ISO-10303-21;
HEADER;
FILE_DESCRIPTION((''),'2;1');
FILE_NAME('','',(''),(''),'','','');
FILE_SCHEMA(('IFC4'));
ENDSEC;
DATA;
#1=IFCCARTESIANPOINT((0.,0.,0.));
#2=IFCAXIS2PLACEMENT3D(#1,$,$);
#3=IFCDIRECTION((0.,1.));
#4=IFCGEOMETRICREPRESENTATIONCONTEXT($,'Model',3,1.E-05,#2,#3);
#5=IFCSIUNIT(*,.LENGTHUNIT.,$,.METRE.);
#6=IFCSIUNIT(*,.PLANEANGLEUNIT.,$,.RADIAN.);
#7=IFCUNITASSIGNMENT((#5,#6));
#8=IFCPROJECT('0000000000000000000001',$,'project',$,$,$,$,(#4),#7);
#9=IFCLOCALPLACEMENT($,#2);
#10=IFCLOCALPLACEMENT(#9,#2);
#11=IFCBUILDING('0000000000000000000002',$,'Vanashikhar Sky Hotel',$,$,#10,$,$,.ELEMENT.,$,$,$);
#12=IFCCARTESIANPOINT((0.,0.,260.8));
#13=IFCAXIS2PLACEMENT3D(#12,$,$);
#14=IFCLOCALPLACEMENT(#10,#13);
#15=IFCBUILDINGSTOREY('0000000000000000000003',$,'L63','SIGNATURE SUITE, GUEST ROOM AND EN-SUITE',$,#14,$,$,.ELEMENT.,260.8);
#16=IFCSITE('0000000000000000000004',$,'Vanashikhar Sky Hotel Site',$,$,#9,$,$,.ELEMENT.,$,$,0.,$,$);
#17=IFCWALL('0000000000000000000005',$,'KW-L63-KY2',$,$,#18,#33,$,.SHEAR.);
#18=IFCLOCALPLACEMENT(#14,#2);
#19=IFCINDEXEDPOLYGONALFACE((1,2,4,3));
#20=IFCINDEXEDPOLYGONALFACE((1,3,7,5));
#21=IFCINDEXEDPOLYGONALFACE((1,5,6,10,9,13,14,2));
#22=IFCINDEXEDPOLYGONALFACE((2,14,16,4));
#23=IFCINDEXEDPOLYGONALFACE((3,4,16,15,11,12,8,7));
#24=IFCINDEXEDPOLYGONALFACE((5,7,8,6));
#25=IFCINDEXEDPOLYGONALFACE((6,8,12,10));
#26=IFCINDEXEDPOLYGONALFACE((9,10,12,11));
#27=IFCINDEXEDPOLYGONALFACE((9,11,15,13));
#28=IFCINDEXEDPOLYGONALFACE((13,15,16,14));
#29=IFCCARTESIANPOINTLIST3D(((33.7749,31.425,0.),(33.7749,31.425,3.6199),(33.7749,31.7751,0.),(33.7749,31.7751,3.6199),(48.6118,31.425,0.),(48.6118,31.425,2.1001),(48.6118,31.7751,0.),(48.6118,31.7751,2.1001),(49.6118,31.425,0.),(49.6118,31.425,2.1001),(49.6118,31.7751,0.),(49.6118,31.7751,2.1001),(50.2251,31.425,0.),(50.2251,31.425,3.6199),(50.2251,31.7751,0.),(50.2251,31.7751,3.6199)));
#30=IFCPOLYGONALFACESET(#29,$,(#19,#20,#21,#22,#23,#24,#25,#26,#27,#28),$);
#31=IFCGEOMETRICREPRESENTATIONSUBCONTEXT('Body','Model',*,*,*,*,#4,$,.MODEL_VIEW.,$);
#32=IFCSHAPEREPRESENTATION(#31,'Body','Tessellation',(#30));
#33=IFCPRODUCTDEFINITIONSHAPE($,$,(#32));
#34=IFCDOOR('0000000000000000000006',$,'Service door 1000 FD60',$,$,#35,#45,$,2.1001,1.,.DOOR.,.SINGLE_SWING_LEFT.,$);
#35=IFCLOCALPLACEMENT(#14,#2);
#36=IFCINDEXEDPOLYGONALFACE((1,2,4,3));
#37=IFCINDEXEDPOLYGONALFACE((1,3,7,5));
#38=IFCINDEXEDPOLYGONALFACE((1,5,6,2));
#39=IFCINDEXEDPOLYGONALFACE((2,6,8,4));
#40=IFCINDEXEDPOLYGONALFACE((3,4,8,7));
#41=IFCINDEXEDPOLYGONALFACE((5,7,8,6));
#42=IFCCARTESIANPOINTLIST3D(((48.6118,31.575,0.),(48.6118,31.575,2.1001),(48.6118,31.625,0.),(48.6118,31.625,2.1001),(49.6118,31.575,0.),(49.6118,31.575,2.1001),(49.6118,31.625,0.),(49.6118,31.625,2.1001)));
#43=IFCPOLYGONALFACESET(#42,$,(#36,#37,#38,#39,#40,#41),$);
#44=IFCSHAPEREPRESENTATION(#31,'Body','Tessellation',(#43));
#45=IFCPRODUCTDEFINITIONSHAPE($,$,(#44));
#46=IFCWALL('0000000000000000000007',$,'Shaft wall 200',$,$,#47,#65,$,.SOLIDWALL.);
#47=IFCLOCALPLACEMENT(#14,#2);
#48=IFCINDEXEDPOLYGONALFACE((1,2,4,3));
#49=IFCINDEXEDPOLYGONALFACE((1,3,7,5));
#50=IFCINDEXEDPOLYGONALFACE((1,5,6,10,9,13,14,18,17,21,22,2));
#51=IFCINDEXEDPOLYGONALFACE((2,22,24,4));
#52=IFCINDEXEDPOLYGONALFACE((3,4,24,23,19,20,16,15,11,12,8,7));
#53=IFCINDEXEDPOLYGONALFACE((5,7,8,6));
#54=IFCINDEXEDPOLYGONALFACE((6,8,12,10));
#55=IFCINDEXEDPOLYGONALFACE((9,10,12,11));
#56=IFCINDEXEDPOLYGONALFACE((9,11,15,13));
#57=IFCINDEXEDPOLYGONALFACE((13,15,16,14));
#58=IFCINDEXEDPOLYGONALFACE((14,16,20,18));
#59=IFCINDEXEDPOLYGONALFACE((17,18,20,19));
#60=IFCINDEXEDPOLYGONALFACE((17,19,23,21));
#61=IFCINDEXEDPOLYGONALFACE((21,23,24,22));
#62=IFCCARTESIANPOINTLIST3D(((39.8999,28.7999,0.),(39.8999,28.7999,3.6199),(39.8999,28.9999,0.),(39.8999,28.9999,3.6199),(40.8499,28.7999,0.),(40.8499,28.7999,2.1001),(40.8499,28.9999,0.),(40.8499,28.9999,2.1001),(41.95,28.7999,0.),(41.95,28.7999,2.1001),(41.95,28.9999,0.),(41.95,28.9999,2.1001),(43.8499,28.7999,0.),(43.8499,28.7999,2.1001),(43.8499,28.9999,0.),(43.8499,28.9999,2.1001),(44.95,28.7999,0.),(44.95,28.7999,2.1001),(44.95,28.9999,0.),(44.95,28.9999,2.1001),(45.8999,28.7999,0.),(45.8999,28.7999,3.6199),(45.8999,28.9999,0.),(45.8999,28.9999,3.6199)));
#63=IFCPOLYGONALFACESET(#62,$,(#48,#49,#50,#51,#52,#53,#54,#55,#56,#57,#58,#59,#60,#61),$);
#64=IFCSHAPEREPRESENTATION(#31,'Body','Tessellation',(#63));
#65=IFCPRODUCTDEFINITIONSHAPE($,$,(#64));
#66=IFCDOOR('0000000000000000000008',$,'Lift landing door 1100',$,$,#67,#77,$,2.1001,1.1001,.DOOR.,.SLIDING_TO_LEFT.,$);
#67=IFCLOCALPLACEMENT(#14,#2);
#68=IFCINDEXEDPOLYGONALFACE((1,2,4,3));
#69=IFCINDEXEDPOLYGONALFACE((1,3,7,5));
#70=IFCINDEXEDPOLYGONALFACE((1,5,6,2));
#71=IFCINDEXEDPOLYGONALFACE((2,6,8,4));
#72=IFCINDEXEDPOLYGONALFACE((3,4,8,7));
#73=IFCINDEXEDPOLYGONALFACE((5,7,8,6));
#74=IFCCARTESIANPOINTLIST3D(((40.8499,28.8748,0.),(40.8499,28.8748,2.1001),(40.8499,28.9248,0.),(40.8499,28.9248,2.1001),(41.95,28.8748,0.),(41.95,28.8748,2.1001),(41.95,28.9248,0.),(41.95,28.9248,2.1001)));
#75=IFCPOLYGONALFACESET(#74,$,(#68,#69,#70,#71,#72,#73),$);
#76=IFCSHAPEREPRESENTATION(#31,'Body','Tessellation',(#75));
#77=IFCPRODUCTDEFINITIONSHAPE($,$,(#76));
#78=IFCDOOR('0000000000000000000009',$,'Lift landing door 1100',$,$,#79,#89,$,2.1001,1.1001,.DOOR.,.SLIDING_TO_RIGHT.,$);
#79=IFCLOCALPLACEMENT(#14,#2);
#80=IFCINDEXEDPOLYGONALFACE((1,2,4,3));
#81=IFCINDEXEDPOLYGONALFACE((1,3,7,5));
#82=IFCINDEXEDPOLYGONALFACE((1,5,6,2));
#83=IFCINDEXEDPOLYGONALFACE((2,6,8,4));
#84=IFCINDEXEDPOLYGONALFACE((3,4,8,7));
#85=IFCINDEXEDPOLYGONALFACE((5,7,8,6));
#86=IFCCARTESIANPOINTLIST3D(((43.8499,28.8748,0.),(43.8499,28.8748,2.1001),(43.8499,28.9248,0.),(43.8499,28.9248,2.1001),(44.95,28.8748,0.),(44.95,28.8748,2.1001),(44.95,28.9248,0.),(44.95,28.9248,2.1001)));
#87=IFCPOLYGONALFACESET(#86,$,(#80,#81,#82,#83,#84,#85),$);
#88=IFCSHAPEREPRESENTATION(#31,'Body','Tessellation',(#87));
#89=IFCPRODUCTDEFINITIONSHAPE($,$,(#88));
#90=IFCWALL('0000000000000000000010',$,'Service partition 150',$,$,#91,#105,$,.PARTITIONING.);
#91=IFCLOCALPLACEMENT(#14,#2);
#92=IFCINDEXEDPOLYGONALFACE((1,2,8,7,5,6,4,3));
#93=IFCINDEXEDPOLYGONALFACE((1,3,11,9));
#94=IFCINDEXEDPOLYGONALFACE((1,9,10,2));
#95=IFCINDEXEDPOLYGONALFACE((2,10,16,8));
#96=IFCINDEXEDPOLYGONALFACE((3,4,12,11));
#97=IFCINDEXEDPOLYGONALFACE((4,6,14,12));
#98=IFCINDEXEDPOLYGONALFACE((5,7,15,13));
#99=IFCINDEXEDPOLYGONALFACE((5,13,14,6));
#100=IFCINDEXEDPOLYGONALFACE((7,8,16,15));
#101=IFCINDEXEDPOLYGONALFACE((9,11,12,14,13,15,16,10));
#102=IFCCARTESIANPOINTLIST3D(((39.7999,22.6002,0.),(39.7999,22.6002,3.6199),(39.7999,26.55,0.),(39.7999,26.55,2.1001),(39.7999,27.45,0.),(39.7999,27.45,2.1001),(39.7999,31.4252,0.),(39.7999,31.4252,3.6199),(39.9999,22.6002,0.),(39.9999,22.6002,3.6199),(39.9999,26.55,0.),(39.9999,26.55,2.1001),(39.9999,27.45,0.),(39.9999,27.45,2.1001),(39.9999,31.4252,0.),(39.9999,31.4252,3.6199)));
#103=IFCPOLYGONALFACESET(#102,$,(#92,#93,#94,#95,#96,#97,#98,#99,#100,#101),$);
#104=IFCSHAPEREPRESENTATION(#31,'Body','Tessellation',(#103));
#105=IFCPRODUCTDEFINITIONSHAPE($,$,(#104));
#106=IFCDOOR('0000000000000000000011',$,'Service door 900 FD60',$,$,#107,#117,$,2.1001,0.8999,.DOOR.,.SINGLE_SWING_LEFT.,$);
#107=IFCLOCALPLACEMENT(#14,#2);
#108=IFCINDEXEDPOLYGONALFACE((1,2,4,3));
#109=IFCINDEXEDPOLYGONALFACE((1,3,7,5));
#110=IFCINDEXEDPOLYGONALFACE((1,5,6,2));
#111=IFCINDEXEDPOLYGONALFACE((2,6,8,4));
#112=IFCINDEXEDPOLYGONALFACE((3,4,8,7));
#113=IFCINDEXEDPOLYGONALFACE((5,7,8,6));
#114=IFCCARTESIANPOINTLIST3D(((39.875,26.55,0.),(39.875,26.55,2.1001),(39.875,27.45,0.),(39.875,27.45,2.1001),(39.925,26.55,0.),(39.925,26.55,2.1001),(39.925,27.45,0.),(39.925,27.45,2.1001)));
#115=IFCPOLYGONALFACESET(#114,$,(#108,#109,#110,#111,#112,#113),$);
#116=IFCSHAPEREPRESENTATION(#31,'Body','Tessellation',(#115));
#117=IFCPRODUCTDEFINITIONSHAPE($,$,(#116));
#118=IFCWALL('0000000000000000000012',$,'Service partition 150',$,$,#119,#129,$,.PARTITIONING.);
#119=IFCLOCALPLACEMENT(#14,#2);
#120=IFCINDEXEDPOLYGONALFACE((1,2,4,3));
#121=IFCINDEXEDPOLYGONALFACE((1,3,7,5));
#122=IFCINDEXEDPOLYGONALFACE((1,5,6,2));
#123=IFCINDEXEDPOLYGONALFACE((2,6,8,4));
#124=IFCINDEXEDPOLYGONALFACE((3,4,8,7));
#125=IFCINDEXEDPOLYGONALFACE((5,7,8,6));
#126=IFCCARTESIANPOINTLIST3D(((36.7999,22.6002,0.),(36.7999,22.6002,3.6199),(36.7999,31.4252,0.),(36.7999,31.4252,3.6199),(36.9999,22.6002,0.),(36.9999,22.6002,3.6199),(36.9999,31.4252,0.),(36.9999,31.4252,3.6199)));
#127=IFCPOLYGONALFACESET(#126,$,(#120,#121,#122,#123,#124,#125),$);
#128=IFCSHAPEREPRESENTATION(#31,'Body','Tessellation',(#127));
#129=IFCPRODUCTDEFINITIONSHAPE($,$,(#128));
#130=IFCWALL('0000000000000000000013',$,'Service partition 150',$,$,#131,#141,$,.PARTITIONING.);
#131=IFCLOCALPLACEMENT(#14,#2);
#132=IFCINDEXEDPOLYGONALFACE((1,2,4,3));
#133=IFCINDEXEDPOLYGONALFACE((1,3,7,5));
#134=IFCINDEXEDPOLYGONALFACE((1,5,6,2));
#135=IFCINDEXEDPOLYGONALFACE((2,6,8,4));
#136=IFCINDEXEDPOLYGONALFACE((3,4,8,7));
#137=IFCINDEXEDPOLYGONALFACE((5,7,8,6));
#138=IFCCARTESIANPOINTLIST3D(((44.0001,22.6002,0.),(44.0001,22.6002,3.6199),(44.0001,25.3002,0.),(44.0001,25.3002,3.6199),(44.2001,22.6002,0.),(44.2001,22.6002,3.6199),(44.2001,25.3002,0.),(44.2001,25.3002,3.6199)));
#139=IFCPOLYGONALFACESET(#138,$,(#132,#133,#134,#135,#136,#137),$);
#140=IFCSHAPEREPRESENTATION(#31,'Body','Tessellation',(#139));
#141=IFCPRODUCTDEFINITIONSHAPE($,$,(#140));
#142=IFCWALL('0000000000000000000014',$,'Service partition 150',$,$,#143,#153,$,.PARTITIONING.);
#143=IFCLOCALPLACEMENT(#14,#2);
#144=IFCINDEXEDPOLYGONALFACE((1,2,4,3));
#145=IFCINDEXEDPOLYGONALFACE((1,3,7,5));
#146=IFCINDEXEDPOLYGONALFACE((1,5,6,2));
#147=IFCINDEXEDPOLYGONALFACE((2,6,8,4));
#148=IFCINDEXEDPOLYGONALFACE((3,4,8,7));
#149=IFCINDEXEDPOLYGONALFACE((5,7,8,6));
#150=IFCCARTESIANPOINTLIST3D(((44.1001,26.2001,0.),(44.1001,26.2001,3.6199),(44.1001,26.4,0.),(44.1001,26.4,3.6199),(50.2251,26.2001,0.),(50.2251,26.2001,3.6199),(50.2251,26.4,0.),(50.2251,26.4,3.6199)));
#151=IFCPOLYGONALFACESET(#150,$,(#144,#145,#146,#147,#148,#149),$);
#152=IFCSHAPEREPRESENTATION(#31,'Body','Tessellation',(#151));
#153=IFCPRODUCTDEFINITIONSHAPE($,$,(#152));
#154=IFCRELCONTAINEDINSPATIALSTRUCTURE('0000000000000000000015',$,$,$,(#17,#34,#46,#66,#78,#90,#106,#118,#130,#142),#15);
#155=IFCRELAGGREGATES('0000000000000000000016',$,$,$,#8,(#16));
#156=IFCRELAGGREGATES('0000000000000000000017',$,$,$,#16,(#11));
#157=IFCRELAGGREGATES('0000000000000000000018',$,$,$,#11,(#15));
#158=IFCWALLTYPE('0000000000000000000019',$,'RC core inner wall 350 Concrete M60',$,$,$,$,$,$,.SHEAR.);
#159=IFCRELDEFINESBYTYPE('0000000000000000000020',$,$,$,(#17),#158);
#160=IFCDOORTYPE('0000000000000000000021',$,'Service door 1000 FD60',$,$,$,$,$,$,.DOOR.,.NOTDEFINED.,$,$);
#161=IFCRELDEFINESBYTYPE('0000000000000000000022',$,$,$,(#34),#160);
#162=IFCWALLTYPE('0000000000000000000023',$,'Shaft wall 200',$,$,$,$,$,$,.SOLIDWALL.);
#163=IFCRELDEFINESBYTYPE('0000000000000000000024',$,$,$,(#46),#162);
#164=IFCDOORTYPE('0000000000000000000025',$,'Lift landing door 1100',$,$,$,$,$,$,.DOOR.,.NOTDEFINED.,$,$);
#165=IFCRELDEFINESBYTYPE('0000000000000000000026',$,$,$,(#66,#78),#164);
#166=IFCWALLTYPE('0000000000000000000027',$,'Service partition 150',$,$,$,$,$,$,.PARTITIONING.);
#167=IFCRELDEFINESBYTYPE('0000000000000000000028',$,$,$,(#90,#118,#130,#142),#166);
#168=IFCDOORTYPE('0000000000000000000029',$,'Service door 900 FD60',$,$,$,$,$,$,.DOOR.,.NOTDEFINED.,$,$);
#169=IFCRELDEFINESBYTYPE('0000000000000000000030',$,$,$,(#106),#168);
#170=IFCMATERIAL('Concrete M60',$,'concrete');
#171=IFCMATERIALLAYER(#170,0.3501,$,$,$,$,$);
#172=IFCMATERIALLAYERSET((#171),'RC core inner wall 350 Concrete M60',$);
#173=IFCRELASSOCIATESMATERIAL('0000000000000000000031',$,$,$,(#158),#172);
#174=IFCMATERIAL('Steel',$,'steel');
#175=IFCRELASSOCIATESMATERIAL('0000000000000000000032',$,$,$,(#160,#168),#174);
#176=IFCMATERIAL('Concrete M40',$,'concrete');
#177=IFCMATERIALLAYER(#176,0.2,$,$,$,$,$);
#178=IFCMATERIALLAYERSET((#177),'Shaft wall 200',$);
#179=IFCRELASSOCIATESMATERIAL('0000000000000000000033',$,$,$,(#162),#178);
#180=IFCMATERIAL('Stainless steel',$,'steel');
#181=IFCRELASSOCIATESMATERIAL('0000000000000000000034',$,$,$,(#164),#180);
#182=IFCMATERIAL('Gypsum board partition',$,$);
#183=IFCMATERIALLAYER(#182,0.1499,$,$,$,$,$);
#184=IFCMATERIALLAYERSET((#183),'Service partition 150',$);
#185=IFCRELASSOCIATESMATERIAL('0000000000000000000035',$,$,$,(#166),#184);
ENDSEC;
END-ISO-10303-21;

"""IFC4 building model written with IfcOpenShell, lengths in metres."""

from ifc_helpers import new_model, si_unit, direction, frame, frame_2d, origin, place, context, subcontext, project, spatial, rectangle, extrude, source, transform, mapped, material, layer, layer_set, type_object, element, fill, save


model = new_model("IFC4")

# Units and contexts
model_context = context("Model", 3, precision=1e-05, world=origin(), true_north=direction((0.0, 1.0)))
body_context = subcontext(model_context, "Body", "Model", "MODEL_VIEW")
ifc_project = project(units=[si_unit("LENGTHUNIT", "METRE"), si_unit("PLANEANGLEUNIT", "RADIAN")], contexts=[model_context])

# Site, building, storey
site_placement = place(None, origin())
site = spatial("IfcSite", under=ifc_project, at=site_placement, Name="Vanashikhar Sky Hotel Site", CompositionType="ELEMENT", RefElevation=0.0)
building_placement = place(site_placement, origin())
building = spatial("IfcBuilding", under=site, at=building_placement, Name="Vanashikhar Sky Hotel", CompositionType="ELEMENT")
storey_placement = place(building_placement, frame((0.0, 0.0, 260.8)))
storey = spatial("IfcBuildingStorey", under=building, at=storey_placement, Name="L63", Description="SIGNATURE SUITE, GUEST ROOM AND EN-SUITE", CompositionType="ELEMENT", Elevation=260.8)

# Wall, opening, door
ifc_material_1 = material(Name="Concrete M60", Category="concrete")
ifc_layer_1 = layer(ifc_material_1, 0.3501)
ifc_layer_set_1 = layer_set([ifc_layer_1], Name="RC core inner wall 350 Concrete M60")
wall_type_1 = type_object("IfcWallType", Name="RC core inner wall 350 Concrete M60", PredefinedType="SHEAR", material=ifc_layer_set_1)
shared_shape_1 = source(origin(), body_context, "Body", "SweptSolid", [
    extrude(rectangle(XDim=16.4502, YDim=0.3501, at=frame_2d((8.2251, 0.0))), origin(), (0.0, 0.0, 1.0), 3.6199),
])
wall_1_placement = place(storey_placement, frame((33.7749, 31.6001, 0.0), z_axis=(0.0, 0.0, 1.0), x_axis=(1.0, 0.0, 0.0)))
wall_1 = element("IfcWall", 1, at=wall_1_placement, inside=storey, type_object=wall_type_1, Name="KW-L63-KY2", PredefinedType="SHEAR", context=body_context, shape_type="MappedRepresentation", body=[
    mapped(shared_shape_1, transform((0.0, 0.0, 0.0), scale=1.0)),
])
shared_shape_2 = source(origin(), body_context, "Body", "SweptSolid", [
    extrude(rectangle(XDim=1.0, YDim=2.1001, at=frame_2d((0.5, 1.05))), frame((0.0, 0.1851, 0.0), z_axis=(0.0, -1.0, 0.0), x_axis=(1.0, 0.0, 0.0)), (0.0, 0.0, 1.0), 0.3701),
])
opening_1_placement = place(wall_1_placement, frame((14.8369, 0.0, 0.0)))
opening_1 = element("IfcOpeningElement", 2, at=opening_1_placement, cuts=wall_1, PredefinedType="OPENING", context=body_context, shape_type="MappedRepresentation", body=[
    mapped(shared_shape_2, transform((0.0, 0.0, 0.0), scale=1.0)),
])
ifc_material_2 = material(Name="Steel", Category="steel")
door_type_1 = type_object("IfcDoorType", Name="Service door 1000 FD60", OperationType="NOTDEFINED", PredefinedType="DOOR", material=ifc_material_2)
shared_shape_3 = source(origin(), body_context, "Body", "SweptSolid", [
    extrude(rectangle(XDim=1.0, YDim=2.1001, at=frame_2d((0.5, 1.05))), frame((0.0, 0.0249, 0.0), z_axis=(0.0, -1.0, 0.0), x_axis=(1.0, 0.0, 0.0)), (0.0, 0.0, 1.0), 0.05),
])
door_1_placement = place(opening_1_placement, origin())
door_1 = element("IfcDoor", 3, at=door_1_placement, inside=storey, type_object=door_type_1, Name="Service door 1000 FD60", OperationType="SINGLE_SWING_LEFT", OverallHeight=2.1001, OverallWidth=1.0, PredefinedType="DOOR", context=body_context, shape_type="MappedRepresentation", body=[
    mapped(shared_shape_3, transform((0.0, 0.0, 0.0), scale=1.0)),
])
fill(opening_1, door_1)

# Wall, openings, doors
ifc_material_3 = material(Name="Concrete M40", Category="concrete")
ifc_layer_2 = layer(ifc_material_3, 0.2)
ifc_layer_set_2 = layer_set([ifc_layer_2], Name="Shaft wall 200")
wall_type_2 = type_object("IfcWallType", Name="Shaft wall 200", PredefinedType="SOLIDWALL", material=ifc_layer_set_2)
shared_shape_4 = source(origin(), body_context, "Body", "SweptSolid", [
    extrude(rectangle(XDim=6.0, YDim=0.2, at=frame_2d((3.0, 0.0))), origin(), (0.0, 0.0, 1.0), 3.6199),
])
wall_2_placement = place(storey_placement, frame((39.8999, 28.8999, 0.0), z_axis=(0.0, 0.0, 1.0), x_axis=(1.0, 0.0, 0.0)))
wall_2 = element("IfcWall", 4, at=wall_2_placement, inside=storey, type_object=wall_type_2, Name="Shaft wall 200", PredefinedType="SOLIDWALL", context=body_context, shape_type="MappedRepresentation", body=[
    mapped(shared_shape_4, transform((0.0, 0.0, 0.0), scale=1.0)),
])
shared_shape_5 = source(origin(), body_context, "Body", "SweptSolid", [
    extrude(rectangle(XDim=1.1001, YDim=2.1001, at=frame_2d((0.55, 1.05))), frame((0.0, 0.1099, 0.0), z_axis=(0.0, -1.0, 0.0), x_axis=(1.0, 0.0, 0.0)), (0.0, 0.0, 1.0), 0.22),
])
opening_2_placement = place(wall_2_placement, frame((0.95, 0.0, 0.0)))
opening_2 = element("IfcOpeningElement", 5, at=opening_2_placement, cuts=wall_2, PredefinedType="OPENING", context=body_context, shape_type="MappedRepresentation", body=[
    mapped(shared_shape_5, transform((0.0, 0.0, 0.0), scale=1.0)),
])
opening_3_placement = place(wall_2_placement, frame((3.95, 0.0, 0.0)))
opening_3 = element("IfcOpeningElement", 6, at=opening_3_placement, cuts=wall_2, PredefinedType="OPENING", context=body_context, shape_type="MappedRepresentation", body=[
    mapped(shared_shape_5, transform((0.0, 0.0, 0.0), scale=1.0)),
])
ifc_material_4 = material(Name="Stainless steel", Category="steel")
door_type_2 = type_object("IfcDoorType", Name="Lift landing door 1100", OperationType="NOTDEFINED", PredefinedType="DOOR", material=ifc_material_4)
shared_shape_6 = source(origin(), body_context, "Body", "SweptSolid", [
    extrude(rectangle(XDim=1.1001, YDim=2.1001, at=frame_2d((0.55, 1.05))), frame((0.0, 0.0249, 0.0), z_axis=(0.0, -1.0, 0.0), x_axis=(1.0, 0.0, 0.0)), (0.0, 0.0, 1.0), 0.05),
])
door_2_placement = place(opening_2_placement, origin())
door_2 = element("IfcDoor", 7, at=door_2_placement, inside=storey, type_object=door_type_2, Name="Lift landing door 1100", OperationType="SLIDING_TO_LEFT", OverallHeight=2.1001, OverallWidth=1.1001, PredefinedType="DOOR", context=body_context, shape_type="MappedRepresentation", body=[
    mapped(shared_shape_6, transform((0.0, 0.0, 0.0), scale=1.0)),
])
fill(opening_2, door_2)
door_3_placement = place(opening_3_placement, origin())
door_3 = element("IfcDoor", 8, at=door_3_placement, inside=storey, type_object=door_type_2, Name="Lift landing door 1100", OperationType="SLIDING_TO_RIGHT", OverallHeight=2.1001, OverallWidth=1.1001, PredefinedType="DOOR", context=body_context, shape_type="MappedRepresentation", body=[
    mapped(shared_shape_6, transform((0.0, 0.0, 0.0), scale=1.0)),
])
fill(opening_3, door_3)

# Wall, opening, door
ifc_material_5 = material(Name="Gypsum board partition")
ifc_layer_3 = layer(ifc_material_5, 0.1499)
ifc_layer_set_3 = layer_set([ifc_layer_3], Name="Service partition 150")
wall_type_3 = type_object("IfcWallType", Name="Service partition 150", PredefinedType="PARTITIONING", material=ifc_layer_set_3)
shared_shape_7 = source(origin(), body_context, "Body", "SweptSolid", [
    extrude(rectangle(XDim=8.825, YDim=0.2, at=frame_2d((4.4126, 0.0))), origin(), (0.0, 0.0, 1.0), 3.6199),
])
wall_3_placement = place(storey_placement, frame((39.8999, 22.6001, 0.0), z_axis=(0.0, 0.0, 1.0), x_axis=(0.0, 1.0, 0.0)))
wall_3 = element("IfcWall", 9, at=wall_3_placement, inside=storey, type_object=wall_type_3, Name="Service partition 150", PredefinedType="PARTITIONING", context=body_context, shape_type="MappedRepresentation", body=[
    mapped(shared_shape_7, transform((0.0, 0.0, 0.0), scale=1.0)),
])
shared_shape_8 = source(origin(), body_context, "Body", "SweptSolid", [
    extrude(rectangle(XDim=0.8999, YDim=2.1001, at=frame_2d((0.45, 1.05))), frame((0.0, 0.1099, 0.0), z_axis=(0.0, -1.0, 0.0), x_axis=(1.0, 0.0, 0.0)), (0.0, 0.0, 1.0), 0.22),
])
opening_4_placement = place(wall_3_placement, frame((3.95, 0.0, 0.0)))
opening_4 = element("IfcOpeningElement", 10, at=opening_4_placement, cuts=wall_3, PredefinedType="OPENING", context=body_context, shape_type="MappedRepresentation", body=[
    mapped(shared_shape_8, transform((0.0, 0.0, 0.0), scale=1.0)),
])
door_type_3 = type_object("IfcDoorType", Name="Service door 900 FD60", OperationType="NOTDEFINED", PredefinedType="DOOR", material=ifc_material_2)
shared_shape_9 = source(origin(), body_context, "Body", "SweptSolid", [
    extrude(rectangle(XDim=0.8999, YDim=2.1001, at=frame_2d((0.45, 1.05))), frame((0.0, 0.0249, 0.0), z_axis=(0.0, -1.0, 0.0), x_axis=(1.0, 0.0, 0.0)), (0.0, 0.0, 1.0), 0.05),
])
door_4_placement = place(opening_4_placement, origin())
door_4 = element("IfcDoor", 11, at=door_4_placement, inside=storey, type_object=door_type_3, Name="Service door 900 FD60", OperationType="SINGLE_SWING_LEFT", OverallHeight=2.1001, OverallWidth=0.8999, PredefinedType="DOOR", context=body_context, shape_type="MappedRepresentation", body=[
    mapped(shared_shape_9, transform((0.0, 0.0, 0.0), scale=1.0)),
])
fill(opening_4, door_4)

# Walls
wall_4_placement = place(storey_placement, frame((36.8999, 22.6001, 0.0), z_axis=(0.0, 0.0, 1.0), x_axis=(0.0, 1.0, 0.0)))
element("IfcWall", 12, at=wall_4_placement, inside=storey, type_object=wall_type_3, Name="Service partition 150", PredefinedType="PARTITIONING", context=body_context, shape_type="MappedRepresentation", body=[
    mapped(shared_shape_7, transform((0.0, 0.0, 0.0), scale=1.0)),
])
shared_shape_10 = source(origin(), body_context, "Body", "SweptSolid", [
    extrude(rectangle(XDim=2.7, YDim=0.2, at=frame_2d((1.3501, 0.0))), origin(), (0.0, 0.0, 1.0), 3.6199),
])
wall_5_placement = place(storey_placement, frame((44.1001, 22.6001, 0.0), z_axis=(0.0, 0.0, 1.0), x_axis=(0.0, 1.0, 0.0)))
element("IfcWall", 13, at=wall_5_placement, inside=storey, type_object=wall_type_3, Name="Service partition 150", PredefinedType="PARTITIONING", context=body_context, shape_type="MappedRepresentation", body=[
    mapped(shared_shape_10, transform((0.0, 0.0, 0.0), scale=1.0)),
])
shared_shape_11 = source(origin(), body_context, "Body", "SweptSolid", [
    extrude(rectangle(XDim=6.125, YDim=0.2, at=frame_2d((3.0625, 0.0))), origin(), (0.0, 0.0, 1.0), 3.6199),
])
wall_6_placement = place(storey_placement, frame((44.1001, 26.3, 0.0), z_axis=(0.0, 0.0, 1.0), x_axis=(1.0, 0.0, 0.0)))
element("IfcWall", 14, at=wall_6_placement, inside=storey, type_object=wall_type_3, Name="Service partition 150", PredefinedType="PARTITIONING", context=body_context, shape_type="MappedRepresentation", body=[
    mapped(shared_shape_11, transform((0.0, 0.0, 0.0), scale=1.0)),
])

save(model, "model.ifc")
